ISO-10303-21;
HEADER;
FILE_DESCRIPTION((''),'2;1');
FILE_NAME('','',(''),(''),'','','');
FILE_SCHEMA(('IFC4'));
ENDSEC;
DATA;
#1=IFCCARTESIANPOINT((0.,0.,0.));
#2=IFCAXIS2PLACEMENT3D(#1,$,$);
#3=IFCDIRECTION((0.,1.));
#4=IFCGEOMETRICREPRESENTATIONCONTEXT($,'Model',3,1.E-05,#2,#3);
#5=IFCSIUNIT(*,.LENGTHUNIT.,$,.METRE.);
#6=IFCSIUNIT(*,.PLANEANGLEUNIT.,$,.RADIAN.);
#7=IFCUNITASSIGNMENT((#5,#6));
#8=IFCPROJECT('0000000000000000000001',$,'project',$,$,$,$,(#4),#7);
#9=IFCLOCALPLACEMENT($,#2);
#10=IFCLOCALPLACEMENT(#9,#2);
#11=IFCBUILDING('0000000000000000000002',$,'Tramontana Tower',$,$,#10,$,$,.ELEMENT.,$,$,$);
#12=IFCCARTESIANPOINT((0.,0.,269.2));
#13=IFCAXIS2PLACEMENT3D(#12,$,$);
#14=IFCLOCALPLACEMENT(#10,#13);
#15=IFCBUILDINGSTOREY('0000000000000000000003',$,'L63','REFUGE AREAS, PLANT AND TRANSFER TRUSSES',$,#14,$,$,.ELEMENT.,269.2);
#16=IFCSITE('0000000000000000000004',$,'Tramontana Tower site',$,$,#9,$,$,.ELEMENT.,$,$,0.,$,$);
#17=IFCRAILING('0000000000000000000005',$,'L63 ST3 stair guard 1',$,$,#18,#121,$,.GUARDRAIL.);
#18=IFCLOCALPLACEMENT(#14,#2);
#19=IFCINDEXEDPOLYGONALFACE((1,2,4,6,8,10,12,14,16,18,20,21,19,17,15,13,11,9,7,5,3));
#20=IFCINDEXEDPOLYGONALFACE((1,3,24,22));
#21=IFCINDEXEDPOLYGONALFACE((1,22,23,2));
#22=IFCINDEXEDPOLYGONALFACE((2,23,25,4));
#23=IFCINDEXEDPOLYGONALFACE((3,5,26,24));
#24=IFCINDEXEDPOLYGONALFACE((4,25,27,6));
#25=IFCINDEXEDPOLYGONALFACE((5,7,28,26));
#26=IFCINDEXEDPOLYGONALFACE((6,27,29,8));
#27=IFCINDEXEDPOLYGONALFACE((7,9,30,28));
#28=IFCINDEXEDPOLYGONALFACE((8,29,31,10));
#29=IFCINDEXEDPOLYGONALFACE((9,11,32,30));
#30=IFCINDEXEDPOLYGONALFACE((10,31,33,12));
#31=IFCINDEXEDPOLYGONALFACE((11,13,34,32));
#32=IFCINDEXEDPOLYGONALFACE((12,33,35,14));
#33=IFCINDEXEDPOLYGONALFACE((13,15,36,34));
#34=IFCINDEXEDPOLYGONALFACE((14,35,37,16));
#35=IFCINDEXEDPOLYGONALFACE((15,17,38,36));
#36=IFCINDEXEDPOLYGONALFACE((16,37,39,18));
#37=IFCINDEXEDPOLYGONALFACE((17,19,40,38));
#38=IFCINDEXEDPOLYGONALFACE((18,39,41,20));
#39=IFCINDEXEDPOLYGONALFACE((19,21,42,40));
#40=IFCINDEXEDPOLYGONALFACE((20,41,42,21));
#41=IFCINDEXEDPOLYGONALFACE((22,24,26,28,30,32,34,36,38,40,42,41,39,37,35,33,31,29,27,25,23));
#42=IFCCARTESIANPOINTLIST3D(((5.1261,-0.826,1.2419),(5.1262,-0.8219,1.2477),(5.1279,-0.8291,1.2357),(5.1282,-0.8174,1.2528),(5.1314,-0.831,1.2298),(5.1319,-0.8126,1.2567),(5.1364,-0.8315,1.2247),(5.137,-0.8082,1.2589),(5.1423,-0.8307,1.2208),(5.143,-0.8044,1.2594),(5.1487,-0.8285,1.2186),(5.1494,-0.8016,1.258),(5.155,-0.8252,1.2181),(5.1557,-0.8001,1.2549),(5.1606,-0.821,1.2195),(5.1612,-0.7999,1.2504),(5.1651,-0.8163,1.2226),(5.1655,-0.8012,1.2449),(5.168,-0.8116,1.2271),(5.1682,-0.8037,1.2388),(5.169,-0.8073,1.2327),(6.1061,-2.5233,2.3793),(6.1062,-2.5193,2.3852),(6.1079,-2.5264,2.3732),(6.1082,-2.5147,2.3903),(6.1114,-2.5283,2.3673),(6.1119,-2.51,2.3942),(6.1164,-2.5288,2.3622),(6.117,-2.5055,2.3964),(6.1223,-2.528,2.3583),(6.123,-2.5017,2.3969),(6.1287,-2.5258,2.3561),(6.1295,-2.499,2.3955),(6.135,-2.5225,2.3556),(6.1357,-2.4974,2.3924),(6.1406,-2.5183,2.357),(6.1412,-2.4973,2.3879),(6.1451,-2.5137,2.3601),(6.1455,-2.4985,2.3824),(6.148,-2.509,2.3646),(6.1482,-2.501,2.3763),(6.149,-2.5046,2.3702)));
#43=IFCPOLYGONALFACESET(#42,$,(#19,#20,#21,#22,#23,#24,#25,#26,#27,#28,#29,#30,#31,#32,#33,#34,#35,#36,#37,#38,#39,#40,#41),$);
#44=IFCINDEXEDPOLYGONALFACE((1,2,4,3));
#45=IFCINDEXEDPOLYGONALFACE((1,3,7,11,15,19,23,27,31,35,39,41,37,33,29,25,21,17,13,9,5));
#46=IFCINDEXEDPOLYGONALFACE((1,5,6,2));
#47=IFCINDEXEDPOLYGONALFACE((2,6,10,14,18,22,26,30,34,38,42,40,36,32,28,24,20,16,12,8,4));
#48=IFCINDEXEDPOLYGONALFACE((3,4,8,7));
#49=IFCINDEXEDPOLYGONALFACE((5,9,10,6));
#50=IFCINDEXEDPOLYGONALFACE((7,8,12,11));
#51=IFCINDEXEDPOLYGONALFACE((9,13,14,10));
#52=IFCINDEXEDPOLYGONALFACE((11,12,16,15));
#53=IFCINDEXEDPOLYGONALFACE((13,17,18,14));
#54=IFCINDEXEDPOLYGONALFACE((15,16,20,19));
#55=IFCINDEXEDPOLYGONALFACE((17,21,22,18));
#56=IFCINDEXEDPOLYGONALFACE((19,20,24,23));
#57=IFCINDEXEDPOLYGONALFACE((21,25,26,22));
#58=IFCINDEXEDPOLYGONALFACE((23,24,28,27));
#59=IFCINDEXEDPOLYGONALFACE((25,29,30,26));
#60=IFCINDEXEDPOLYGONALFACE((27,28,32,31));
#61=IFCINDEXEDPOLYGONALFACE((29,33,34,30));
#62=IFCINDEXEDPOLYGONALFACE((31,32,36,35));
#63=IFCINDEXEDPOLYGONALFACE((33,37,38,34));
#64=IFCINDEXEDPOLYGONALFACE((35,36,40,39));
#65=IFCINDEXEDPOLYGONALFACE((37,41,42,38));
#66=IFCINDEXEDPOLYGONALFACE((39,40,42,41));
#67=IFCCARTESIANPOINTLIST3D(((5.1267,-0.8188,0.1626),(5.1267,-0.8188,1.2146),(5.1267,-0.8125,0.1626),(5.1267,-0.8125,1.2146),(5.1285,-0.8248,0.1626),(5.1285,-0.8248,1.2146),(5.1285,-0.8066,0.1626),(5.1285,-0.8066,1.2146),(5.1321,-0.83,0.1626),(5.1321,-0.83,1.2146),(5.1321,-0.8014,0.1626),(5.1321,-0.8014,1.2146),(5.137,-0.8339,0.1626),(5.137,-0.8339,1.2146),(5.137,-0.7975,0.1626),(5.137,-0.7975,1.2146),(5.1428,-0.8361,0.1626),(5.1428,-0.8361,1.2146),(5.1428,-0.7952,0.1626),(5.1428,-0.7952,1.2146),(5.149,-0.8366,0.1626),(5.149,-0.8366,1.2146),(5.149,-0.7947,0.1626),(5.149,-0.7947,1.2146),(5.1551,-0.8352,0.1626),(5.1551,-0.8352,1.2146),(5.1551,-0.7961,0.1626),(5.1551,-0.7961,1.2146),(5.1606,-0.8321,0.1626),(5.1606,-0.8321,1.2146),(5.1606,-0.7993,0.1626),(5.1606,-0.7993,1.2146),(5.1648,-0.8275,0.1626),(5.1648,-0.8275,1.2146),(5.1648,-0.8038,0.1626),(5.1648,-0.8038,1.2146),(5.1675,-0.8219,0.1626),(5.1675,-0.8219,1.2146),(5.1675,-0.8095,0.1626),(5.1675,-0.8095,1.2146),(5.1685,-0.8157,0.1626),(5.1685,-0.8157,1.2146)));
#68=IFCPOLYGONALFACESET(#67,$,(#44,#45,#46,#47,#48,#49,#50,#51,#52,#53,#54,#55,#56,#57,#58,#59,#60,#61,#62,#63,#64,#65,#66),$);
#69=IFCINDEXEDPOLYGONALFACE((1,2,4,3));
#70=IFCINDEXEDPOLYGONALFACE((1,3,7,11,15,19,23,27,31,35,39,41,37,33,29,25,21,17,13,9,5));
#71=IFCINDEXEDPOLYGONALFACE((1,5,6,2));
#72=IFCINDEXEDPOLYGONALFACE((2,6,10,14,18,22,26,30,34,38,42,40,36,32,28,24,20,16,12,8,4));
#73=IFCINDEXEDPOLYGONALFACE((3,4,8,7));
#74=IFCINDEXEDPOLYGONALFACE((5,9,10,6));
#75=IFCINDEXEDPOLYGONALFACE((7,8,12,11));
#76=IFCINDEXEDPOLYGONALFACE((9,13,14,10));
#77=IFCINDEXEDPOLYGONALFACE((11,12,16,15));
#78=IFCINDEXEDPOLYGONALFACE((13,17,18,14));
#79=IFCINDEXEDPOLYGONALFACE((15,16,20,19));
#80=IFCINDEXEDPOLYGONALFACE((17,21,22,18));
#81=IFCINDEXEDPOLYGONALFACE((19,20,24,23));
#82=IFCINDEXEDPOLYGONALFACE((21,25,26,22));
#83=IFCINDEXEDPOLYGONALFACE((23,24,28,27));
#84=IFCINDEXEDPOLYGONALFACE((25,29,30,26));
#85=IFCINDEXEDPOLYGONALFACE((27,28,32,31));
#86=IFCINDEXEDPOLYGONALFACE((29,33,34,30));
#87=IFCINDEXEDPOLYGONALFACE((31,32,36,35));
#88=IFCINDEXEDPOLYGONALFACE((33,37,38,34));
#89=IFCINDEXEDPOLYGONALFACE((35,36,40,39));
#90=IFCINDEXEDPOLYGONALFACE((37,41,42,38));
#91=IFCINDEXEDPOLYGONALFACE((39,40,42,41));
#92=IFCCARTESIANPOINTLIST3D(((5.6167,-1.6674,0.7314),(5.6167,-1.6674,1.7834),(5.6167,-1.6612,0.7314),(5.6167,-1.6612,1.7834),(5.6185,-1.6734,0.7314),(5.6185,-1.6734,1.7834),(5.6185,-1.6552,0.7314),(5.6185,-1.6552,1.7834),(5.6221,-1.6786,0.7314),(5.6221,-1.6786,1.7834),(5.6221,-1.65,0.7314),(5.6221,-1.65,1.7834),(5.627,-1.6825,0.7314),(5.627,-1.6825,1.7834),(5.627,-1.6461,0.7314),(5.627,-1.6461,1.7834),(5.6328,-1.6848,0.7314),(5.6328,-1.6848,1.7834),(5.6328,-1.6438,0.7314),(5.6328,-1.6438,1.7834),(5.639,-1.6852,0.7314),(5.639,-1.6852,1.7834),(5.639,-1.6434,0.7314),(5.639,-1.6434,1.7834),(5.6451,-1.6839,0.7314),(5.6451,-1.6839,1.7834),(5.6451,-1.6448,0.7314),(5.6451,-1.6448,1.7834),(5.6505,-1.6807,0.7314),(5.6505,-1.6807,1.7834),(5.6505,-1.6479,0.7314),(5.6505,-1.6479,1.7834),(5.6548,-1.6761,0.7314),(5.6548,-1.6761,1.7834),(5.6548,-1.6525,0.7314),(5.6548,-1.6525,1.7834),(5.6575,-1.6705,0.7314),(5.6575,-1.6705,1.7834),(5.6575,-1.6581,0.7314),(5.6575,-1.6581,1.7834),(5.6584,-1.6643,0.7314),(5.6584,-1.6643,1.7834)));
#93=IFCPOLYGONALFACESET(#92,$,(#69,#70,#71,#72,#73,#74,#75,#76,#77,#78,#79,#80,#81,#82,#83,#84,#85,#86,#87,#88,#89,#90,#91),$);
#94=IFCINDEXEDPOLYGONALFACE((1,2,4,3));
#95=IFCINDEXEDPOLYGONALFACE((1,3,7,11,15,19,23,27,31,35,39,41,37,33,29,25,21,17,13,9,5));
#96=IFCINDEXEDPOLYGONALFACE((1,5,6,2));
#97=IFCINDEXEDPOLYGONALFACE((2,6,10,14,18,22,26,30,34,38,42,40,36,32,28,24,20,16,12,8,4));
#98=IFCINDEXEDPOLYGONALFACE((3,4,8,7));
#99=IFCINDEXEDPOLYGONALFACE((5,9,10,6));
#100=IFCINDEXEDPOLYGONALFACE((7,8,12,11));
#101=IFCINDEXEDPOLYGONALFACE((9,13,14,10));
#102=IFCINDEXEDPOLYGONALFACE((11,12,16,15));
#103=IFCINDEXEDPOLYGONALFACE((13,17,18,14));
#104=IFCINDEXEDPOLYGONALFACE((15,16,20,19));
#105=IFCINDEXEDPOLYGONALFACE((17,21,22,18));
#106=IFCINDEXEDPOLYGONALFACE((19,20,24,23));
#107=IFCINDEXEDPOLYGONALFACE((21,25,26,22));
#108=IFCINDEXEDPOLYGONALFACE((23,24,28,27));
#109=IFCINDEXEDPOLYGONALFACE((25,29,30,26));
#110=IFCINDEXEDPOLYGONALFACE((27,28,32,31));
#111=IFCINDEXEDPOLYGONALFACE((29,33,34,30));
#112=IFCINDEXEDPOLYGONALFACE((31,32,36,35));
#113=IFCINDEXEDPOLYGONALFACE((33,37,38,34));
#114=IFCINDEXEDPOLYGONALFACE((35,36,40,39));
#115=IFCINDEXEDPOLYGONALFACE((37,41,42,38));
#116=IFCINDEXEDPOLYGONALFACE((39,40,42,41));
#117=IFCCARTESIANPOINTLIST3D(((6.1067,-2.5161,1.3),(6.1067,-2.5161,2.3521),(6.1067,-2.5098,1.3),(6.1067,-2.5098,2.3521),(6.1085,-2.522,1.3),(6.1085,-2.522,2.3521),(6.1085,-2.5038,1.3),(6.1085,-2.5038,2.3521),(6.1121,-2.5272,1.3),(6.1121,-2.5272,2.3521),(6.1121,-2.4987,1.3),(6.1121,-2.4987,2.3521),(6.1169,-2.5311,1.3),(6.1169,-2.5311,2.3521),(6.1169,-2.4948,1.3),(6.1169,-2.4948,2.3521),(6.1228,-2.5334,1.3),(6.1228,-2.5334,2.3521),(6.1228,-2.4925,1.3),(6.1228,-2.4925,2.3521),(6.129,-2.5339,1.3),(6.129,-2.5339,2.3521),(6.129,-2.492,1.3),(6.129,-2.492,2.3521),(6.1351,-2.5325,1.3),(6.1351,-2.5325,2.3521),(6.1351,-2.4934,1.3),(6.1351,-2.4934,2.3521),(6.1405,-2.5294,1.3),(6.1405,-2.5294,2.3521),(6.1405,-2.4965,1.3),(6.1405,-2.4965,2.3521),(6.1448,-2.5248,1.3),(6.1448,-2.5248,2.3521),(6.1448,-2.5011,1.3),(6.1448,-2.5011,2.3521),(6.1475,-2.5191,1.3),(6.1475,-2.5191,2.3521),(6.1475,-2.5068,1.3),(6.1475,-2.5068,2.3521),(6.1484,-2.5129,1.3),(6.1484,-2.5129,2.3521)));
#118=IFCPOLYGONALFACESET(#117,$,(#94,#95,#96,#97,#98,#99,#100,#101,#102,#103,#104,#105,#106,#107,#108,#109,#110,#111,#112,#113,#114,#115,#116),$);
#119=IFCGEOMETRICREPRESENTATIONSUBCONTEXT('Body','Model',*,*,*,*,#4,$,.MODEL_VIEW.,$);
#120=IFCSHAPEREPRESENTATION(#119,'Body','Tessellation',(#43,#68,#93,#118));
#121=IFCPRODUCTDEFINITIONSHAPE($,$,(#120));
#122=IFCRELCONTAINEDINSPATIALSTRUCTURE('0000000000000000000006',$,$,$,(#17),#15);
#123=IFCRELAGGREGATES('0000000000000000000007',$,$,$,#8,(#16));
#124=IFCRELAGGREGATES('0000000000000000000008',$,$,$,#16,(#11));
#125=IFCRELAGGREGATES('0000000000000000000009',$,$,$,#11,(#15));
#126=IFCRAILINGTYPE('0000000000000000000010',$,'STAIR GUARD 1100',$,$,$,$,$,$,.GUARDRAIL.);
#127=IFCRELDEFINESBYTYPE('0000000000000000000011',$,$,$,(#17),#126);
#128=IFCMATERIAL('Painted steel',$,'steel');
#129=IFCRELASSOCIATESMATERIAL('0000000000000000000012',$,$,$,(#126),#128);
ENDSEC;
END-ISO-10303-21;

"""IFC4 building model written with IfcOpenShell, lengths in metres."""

from ifc_helpers import new_model, si_unit, direction, frame, origin, origin_2d, place, context, subcontext, project, spatial, circle, extrude, material, type_object, element, save


model = new_model("IFC4")

# Units and contexts
model_context = context("Model", 3, precision=1e-05, world=origin(), true_north=direction((0.0, 1.0)))
body_context = subcontext(model_context, "Body", "Model", "MODEL_VIEW")
ifc_project = project(units=[si_unit("LENGTHUNIT", "METRE"), si_unit("PLANEANGLEUNIT", "RADIAN")], contexts=[model_context])

# Site, building, storey
site_placement = place(None, origin())
site = spatial("IfcSite", under=ifc_project, at=site_placement, Name="Tramontana Tower site", CompositionType="ELEMENT", RefElevation=0.0)
building_placement = place(site_placement, origin())
building = spatial("IfcBuilding", under=site, at=building_placement, Name="Tramontana Tower", CompositionType="ELEMENT")
storey_placement = place(building_placement, frame((0.0, 0.0, 269.2)))
storey = spatial("IfcBuildingStorey", under=building, at=storey_placement, Name="L63", Description="REFUGE AREAS, PLANT AND TRANSFER TRUSSES", CompositionType="ELEMENT", Elevation=269.2)

# Railing
ifc_material_1 = material(Name="Painted steel", Category="steel")
railing_type_1 = type_object("IfcRailingType", Name="STAIR GUARD 1100", PredefinedType="GUARDRAIL", material=ifc_material_1)
railing_1_placement = place(storey_placement, frame((5.1475, -0.8157, 0.1626)))
element("IfcRailing", 1, at=railing_1_placement, inside=storey, type_object=railing_type_1, Name="L63 ST3 stair guard 1", PredefinedType="GUARDRAIL", context=body_context, shape_type="SweptSolid", body=[
    extrude(circle(Radius=0.0239, at=origin_2d()), frame((0.0, 0.0, 1.0762), z_axis=(0.432467, -0.749006, 0.501959), x_axis=(0.866011, 0.500024, 0.0)), (0.0, 0.0, 1.0), 2.2661),
    extrude(circle(Radius=0.021, at=origin_2d()), origin(), (0.0, 0.0, 1.0), 1.052),
    extrude(circle(Radius=0.021, at=origin_2d()), frame((0.49, -0.8486, 0.5688)), (0.0, 0.0, 1.0), 1.052),
    extrude(circle(Radius=0.021, at=origin_2d()), frame((0.98, -1.6973, 1.1375)), (0.0, 0.0, 1.0), 1.052),
])

save(model, "model.ifc")
